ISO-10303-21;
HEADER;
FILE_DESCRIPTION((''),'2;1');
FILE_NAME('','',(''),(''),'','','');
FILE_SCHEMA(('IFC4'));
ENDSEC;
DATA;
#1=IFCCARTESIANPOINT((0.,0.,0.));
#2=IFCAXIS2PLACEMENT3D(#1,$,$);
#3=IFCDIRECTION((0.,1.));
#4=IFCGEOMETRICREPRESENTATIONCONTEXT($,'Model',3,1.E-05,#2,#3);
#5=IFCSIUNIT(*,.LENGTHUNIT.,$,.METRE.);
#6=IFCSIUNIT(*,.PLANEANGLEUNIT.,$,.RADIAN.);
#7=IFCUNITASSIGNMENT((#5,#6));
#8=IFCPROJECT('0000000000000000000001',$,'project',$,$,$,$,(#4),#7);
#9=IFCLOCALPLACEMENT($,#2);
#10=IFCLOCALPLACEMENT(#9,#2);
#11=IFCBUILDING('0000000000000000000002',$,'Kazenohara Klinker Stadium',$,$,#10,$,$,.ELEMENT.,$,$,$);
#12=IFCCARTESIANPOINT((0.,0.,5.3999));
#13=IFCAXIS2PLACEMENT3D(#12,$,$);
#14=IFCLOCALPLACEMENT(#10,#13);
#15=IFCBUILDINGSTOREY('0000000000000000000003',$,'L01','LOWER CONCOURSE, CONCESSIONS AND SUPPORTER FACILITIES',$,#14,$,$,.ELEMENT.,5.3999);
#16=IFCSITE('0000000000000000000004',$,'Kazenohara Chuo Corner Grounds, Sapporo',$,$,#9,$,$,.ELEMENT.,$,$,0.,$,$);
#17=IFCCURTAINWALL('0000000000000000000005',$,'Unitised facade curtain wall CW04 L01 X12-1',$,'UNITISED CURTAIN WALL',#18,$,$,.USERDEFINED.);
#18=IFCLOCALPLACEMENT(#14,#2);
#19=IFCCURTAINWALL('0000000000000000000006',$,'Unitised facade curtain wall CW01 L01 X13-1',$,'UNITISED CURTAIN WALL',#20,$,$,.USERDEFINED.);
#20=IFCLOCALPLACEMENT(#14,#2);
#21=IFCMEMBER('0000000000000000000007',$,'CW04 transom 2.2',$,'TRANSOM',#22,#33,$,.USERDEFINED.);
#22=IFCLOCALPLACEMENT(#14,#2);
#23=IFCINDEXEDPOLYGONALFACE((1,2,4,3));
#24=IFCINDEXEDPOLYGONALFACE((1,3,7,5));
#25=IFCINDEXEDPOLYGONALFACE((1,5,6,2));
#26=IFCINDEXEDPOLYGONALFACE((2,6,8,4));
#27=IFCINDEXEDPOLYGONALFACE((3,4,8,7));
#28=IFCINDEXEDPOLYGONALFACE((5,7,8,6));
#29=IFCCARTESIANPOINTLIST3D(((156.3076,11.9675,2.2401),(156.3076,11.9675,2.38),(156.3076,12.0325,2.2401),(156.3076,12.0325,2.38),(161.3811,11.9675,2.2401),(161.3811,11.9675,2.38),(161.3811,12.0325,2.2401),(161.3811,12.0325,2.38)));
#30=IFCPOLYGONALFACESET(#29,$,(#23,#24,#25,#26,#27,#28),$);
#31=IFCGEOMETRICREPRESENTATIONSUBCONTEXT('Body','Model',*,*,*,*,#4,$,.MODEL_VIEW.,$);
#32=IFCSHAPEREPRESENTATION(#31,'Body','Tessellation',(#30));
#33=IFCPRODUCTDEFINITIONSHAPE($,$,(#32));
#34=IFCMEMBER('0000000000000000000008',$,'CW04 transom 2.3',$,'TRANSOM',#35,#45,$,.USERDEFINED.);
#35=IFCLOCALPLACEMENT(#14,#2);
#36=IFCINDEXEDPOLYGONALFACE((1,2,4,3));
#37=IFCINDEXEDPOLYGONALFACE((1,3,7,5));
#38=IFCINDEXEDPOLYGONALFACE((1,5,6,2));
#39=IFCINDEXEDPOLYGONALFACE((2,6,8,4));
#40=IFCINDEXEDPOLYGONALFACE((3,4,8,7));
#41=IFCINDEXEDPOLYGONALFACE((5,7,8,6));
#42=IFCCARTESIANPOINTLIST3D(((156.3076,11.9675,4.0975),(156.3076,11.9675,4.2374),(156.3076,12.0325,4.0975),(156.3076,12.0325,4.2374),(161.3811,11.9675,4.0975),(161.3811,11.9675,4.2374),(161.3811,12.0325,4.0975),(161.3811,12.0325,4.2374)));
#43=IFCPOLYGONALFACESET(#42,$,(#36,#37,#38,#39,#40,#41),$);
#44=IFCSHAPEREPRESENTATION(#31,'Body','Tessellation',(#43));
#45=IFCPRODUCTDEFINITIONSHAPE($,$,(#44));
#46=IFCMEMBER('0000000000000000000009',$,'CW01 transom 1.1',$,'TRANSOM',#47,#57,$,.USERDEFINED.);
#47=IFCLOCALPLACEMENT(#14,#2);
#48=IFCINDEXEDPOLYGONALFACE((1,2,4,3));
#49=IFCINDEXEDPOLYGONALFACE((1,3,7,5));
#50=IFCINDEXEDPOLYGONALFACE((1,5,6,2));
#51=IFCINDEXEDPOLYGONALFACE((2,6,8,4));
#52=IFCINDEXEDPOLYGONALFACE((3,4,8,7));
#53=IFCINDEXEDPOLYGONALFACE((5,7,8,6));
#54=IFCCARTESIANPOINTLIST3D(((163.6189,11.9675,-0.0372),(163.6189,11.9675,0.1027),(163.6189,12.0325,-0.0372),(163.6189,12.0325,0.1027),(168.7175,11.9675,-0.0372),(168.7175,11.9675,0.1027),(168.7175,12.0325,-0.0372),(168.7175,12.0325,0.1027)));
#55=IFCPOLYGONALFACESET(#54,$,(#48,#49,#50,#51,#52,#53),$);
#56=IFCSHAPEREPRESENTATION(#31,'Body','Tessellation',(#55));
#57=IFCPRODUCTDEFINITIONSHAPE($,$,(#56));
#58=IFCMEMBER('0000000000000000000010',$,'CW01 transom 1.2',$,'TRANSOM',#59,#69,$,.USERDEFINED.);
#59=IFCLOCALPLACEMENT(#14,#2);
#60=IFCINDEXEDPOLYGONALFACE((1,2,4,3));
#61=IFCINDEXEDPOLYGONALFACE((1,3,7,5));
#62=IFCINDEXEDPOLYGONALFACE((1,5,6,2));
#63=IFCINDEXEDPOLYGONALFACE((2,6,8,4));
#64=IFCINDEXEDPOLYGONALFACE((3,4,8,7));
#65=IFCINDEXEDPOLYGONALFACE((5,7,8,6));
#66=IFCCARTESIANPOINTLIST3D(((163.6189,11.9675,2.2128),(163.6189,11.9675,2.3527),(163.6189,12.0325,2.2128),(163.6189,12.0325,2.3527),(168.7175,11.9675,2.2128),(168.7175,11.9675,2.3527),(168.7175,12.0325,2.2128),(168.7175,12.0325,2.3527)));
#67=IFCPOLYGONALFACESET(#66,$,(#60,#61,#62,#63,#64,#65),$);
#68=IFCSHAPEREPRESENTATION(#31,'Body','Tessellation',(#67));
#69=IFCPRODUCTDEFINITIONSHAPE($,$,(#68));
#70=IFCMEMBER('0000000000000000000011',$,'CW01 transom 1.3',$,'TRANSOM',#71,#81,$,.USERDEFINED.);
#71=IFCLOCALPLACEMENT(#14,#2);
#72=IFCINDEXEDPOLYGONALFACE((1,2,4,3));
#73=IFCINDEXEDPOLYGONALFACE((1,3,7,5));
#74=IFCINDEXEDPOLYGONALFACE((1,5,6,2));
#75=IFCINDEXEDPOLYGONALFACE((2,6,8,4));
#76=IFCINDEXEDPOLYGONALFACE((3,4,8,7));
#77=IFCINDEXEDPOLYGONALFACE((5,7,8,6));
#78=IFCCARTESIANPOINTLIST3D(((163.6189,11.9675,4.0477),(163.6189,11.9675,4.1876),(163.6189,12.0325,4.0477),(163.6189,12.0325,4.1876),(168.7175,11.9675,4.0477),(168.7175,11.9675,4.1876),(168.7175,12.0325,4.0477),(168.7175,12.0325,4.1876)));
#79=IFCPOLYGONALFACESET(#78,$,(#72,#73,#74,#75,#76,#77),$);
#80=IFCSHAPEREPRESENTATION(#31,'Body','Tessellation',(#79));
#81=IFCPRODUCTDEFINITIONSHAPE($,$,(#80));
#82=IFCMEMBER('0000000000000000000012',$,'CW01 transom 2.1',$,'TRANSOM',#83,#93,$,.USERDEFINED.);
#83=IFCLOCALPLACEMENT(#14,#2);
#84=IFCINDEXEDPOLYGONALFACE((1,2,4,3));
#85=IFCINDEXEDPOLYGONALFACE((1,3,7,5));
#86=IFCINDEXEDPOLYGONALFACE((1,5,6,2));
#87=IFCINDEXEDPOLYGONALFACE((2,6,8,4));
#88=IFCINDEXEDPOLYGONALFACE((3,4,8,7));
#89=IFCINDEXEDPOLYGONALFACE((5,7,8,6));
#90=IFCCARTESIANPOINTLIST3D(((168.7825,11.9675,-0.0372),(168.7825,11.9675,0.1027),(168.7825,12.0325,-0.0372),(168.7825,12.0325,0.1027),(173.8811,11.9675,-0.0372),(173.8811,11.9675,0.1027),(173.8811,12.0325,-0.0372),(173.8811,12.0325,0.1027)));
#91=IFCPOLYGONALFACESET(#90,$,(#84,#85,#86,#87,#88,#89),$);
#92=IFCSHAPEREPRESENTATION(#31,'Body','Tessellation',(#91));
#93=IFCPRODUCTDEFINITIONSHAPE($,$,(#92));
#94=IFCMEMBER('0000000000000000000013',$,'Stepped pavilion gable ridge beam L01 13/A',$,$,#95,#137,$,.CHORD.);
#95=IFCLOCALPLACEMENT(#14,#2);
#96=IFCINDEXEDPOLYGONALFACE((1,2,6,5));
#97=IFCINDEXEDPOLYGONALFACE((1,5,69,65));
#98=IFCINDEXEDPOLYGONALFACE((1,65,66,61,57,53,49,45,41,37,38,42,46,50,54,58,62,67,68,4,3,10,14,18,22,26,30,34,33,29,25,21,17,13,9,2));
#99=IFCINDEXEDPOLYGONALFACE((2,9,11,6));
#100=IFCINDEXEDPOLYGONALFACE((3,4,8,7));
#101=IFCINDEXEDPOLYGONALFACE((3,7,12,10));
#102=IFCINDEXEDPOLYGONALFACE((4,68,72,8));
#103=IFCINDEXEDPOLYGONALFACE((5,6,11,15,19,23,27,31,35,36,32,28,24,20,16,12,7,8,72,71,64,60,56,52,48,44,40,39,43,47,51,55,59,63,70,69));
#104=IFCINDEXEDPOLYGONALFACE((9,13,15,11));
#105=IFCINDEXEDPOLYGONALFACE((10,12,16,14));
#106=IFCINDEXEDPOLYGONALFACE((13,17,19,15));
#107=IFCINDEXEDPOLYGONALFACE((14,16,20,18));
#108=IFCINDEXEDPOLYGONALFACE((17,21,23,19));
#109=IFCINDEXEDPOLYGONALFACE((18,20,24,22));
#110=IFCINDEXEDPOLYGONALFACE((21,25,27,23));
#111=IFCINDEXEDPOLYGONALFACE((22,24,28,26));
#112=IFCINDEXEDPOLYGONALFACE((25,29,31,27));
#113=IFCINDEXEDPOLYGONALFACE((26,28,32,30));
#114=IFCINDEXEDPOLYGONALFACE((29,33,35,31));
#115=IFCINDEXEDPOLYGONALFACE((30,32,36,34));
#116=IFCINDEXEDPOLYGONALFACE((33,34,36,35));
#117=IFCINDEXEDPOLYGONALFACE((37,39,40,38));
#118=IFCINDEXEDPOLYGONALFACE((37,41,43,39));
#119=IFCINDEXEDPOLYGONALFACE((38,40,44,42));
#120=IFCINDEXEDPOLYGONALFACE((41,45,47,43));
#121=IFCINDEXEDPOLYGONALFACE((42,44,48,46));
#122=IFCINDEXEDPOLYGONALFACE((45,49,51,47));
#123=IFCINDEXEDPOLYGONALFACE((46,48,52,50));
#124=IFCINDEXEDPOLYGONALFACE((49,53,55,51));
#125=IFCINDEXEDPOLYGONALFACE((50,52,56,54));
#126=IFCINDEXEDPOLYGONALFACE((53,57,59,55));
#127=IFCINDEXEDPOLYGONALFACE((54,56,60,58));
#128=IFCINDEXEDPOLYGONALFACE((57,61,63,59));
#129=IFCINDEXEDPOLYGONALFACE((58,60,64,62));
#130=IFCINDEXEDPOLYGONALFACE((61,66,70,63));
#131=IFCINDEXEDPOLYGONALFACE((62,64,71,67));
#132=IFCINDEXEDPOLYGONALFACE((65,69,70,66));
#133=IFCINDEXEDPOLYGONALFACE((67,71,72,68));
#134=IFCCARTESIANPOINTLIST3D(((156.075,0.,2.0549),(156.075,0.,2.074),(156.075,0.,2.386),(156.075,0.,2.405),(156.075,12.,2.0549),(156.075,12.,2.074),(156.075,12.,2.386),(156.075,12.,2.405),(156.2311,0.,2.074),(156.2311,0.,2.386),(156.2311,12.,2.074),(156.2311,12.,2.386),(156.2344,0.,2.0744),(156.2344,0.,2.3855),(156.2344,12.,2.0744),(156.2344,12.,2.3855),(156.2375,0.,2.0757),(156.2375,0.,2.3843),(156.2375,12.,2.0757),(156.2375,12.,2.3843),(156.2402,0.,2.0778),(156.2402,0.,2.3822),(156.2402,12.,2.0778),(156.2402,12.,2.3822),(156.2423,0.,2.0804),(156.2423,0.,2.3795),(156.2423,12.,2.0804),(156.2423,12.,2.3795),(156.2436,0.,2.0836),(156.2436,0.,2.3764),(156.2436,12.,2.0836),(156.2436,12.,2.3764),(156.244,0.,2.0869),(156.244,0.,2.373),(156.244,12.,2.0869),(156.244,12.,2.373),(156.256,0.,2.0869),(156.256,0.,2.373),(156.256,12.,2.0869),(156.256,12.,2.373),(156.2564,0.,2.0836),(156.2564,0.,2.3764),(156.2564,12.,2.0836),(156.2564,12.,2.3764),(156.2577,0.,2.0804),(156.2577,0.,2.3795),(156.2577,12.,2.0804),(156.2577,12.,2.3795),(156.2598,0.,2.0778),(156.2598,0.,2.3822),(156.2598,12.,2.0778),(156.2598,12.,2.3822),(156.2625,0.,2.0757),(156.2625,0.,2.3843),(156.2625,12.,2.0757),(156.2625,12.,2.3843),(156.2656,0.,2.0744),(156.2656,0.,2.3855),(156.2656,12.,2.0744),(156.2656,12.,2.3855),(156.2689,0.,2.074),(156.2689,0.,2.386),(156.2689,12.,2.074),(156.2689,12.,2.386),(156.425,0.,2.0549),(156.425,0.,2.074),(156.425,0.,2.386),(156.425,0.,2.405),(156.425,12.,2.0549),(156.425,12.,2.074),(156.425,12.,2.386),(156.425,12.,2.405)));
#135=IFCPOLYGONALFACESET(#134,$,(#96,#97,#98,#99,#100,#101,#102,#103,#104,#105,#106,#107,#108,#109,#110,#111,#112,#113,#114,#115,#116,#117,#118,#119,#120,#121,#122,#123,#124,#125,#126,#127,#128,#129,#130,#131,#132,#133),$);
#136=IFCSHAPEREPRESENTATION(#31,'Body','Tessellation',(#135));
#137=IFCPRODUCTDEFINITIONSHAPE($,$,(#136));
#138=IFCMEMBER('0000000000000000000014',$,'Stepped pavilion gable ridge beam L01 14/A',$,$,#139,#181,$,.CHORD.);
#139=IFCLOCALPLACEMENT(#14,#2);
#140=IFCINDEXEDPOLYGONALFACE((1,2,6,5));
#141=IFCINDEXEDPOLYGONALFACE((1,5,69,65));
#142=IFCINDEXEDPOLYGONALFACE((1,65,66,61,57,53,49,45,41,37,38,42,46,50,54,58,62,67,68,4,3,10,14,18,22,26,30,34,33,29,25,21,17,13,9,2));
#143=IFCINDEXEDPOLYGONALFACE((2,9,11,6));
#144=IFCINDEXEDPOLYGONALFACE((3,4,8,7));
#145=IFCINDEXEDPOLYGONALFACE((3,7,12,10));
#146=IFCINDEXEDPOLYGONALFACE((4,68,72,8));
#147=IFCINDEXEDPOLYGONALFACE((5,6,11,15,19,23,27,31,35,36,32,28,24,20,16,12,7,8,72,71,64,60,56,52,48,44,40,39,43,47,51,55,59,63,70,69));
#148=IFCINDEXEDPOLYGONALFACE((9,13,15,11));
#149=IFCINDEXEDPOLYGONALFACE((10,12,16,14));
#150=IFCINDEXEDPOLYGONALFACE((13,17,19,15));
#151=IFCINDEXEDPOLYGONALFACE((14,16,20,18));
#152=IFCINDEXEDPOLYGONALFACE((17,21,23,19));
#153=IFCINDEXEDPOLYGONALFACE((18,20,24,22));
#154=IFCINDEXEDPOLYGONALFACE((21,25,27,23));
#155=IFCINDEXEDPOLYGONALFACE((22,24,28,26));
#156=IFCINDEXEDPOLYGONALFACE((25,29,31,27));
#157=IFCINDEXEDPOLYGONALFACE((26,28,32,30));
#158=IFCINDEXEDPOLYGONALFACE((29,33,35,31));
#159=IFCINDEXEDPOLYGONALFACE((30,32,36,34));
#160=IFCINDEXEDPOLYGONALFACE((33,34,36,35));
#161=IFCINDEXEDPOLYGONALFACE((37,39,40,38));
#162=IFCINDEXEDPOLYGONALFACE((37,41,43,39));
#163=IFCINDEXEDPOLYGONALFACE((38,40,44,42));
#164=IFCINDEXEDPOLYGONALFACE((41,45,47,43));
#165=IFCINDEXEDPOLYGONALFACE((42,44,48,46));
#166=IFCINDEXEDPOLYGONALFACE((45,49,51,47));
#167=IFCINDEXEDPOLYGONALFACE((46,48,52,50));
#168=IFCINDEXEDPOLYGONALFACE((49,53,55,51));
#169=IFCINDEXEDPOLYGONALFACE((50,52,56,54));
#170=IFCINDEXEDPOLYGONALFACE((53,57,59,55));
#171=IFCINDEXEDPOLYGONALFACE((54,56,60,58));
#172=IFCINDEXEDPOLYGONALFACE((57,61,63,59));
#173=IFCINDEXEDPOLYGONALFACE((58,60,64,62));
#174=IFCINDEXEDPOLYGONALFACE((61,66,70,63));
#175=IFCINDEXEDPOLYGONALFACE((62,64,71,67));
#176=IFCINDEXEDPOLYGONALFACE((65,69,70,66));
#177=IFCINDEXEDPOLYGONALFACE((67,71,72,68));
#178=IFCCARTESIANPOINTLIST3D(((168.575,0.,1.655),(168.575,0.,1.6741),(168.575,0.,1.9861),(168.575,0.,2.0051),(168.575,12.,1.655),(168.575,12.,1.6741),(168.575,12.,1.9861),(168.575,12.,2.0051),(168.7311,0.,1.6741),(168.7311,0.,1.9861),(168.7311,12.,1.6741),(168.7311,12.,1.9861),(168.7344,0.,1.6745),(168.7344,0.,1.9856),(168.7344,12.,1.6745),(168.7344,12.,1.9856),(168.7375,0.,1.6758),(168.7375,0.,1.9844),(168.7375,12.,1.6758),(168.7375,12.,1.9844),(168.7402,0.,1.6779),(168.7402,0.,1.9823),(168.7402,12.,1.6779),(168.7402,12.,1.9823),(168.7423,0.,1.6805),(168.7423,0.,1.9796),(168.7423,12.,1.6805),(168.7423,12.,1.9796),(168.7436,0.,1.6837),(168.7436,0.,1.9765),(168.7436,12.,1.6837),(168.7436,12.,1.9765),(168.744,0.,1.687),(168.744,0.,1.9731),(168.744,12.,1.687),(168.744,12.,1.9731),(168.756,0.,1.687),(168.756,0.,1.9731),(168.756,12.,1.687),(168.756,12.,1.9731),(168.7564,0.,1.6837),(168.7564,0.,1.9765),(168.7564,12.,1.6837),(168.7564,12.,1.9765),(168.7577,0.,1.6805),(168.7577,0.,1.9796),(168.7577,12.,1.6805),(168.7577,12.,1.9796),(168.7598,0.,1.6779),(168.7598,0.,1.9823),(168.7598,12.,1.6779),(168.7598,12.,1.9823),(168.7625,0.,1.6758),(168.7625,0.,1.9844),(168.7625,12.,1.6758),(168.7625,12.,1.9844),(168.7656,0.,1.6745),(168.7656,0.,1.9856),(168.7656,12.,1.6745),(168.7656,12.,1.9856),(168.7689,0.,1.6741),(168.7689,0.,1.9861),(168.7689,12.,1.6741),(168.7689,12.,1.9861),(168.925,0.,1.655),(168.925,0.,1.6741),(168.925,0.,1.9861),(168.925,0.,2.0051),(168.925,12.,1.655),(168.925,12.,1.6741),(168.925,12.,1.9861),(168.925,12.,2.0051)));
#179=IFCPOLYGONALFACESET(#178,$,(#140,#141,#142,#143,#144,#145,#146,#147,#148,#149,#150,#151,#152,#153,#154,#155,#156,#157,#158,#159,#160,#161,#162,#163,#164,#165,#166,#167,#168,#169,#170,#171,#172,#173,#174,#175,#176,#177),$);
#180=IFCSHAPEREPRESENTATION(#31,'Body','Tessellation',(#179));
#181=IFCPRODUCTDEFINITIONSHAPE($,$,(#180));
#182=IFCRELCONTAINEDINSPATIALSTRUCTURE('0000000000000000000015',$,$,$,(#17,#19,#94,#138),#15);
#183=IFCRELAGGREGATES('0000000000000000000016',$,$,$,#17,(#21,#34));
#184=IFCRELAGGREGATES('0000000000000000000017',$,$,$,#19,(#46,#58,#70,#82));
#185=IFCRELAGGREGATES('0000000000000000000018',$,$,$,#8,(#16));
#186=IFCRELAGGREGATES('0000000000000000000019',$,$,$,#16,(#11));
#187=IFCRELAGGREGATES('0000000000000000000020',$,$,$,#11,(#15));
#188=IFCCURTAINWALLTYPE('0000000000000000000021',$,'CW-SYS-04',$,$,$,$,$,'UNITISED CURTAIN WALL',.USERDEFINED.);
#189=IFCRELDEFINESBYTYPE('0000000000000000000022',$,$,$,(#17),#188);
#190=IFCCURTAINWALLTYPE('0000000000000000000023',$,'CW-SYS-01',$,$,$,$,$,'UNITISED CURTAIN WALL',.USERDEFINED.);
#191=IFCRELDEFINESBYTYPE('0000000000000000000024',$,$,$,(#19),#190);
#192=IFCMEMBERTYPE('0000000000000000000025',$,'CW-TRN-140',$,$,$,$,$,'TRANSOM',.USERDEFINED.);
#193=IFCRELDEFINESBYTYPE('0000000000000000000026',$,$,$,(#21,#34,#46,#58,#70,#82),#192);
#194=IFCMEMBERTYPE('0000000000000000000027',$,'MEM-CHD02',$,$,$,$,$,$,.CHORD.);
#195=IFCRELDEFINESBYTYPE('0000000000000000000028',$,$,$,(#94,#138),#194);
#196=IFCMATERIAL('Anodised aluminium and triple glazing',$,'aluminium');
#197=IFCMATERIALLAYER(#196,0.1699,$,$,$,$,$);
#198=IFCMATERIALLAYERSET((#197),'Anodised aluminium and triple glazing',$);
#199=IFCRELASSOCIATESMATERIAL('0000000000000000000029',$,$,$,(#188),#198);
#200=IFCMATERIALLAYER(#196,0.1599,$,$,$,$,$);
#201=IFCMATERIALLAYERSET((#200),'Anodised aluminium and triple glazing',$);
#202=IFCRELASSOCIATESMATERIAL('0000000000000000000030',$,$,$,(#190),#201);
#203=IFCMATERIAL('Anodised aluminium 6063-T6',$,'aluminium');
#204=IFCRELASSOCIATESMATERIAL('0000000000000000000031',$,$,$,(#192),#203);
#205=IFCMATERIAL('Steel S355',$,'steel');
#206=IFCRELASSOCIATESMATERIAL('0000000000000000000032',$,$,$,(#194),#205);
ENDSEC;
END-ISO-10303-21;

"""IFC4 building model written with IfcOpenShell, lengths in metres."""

from ifc_helpers import new_model, si_unit, direction, frame, origin, origin_2d, place, context, subcontext, project, spatial, rectangle, i_section, extrude, material, layer, layer_set, material_profile, profile_set, type_object, element, aggregate, save


model = new_model("IFC4")

# Units and contexts
model_context = context("Model", 3, precision=1e-05, world=origin(), true_north=direction((0.0, 1.0)))
body_context = subcontext(model_context, "Body", "Model", "MODEL_VIEW")
ifc_project = project(units=[si_unit("LENGTHUNIT", "METRE"), si_unit("PLANEANGLEUNIT", "RADIAN")], contexts=[model_context])

# Site, building, storey
site_placement = place(None, origin())
site = spatial("IfcSite", under=ifc_project, at=site_placement, Name="Kazenohara Chuo Corner Grounds, Sapporo", CompositionType="ELEMENT", RefElevation=0.0)
building_placement = place(site_placement, origin())
building = spatial("IfcBuilding", under=site, at=building_placement, Name="Kazenohara Klinker Stadium", CompositionType="ELEMENT")
storey_placement = place(building_placement, frame((0.0, 0.0, 5.3999)))
storey = spatial("IfcBuildingStorey", under=building, at=storey_placement, Name="L01", Description="LOWER CONCOURSE, CONCESSIONS AND SUPPORTER FACILITIES", CompositionType="ELEMENT", Elevation=5.3999)

# Shared definitions
ifc_material_1 = material(Name="Steel S355", Category="steel")

# Curtain walls
ifc_material_2 = material(Name="Anodised aluminium and triple glazing", Category="aluminium")
ifc_layer_1 = layer(ifc_material_2, 0.1699)
ifc_layer_set_1 = layer_set([ifc_layer_1], Name="Anodised aluminium and triple glazing")
curtain_wall_type_1 = type_object("IfcCurtainWallType", Name="CW-SYS-04", ElementType="UNITISED CURTAIN WALL", PredefinedType="USERDEFINED", material=ifc_layer_set_1)
curtain_wall_1_placement = place(storey_placement, origin())
curtain_wall_1 = element("IfcCurtainWall", 1, at=curtain_wall_1_placement, inside=storey, type_object=curtain_wall_type_1, Name="Unitised facade curtain wall CW04 L01 X12-1", ObjectType="UNITISED CURTAIN WALL", PredefinedType="USERDEFINED")
ifc_material_3 = material(Name="Anodised aluminium 6063-T6", Category="aluminium")
ifc_layer_2 = layer(ifc_material_2, 0.1599)
ifc_layer_set_2 = layer_set([ifc_layer_2], Name="Anodised aluminium and triple glazing")
curtain_wall_type_2 = type_object("IfcCurtainWallType", Name="CW-SYS-01", ElementType="UNITISED CURTAIN WALL", PredefinedType="USERDEFINED", material=ifc_layer_set_2)
curtain_wall_2_placement = place(storey_placement, origin())
curtain_wall_2 = element("IfcCurtainWall", 2, at=curtain_wall_2_placement, inside=storey, type_object=curtain_wall_type_2, Name="Unitised facade curtain wall CW01 L01 X13-1", ObjectType="UNITISED CURTAIN WALL", PredefinedType="USERDEFINED")

# Members
ifc_material_profile_1 = material_profile(ifc_material_3, rectangle(XDim=0.0649, YDim=0.1399, at=origin_2d()), Name="ALU-TRN-65x140")
ifc_profile_set_1 = profile_set([ifc_material_profile_1], Name="Anodised aluminium 6063-T6")
member_type_1 = type_object("IfcMemberType", Name="CW-TRN-140", ElementType="TRANSOM", PredefinedType="USERDEFINED", material=ifc_profile_set_1)
member_1_placement = place(storey_placement, frame((156.3076, 12.0, 2.3101), z_axis=(1.0, 0.0, 0.0), x_axis=(0.0, 1.0, 0.0)))
member_1 = element("IfcMember", 3, at=member_1_placement, type_object=member_type_1, Name="CW04 transom 2.2", ObjectType="TRANSOM", PredefinedType="USERDEFINED", context=body_context, shape_type="SweptSolid", body=[
    extrude(rectangle(XDim=0.0649, YDim=0.1399, at=origin_2d()), origin(), (0.0, 0.0, 1.0), 5.0735),
])
member_2_placement = place(storey_placement, frame((156.3076, 12.0, 4.1675), z_axis=(1.0, 0.0, 0.0), x_axis=(0.0, 1.0, 0.0)))
member_2 = element("IfcMember", 4, at=member_2_placement, type_object=member_type_1, Name="CW04 transom 2.3", ObjectType="TRANSOM", PredefinedType="USERDEFINED", context=body_context, shape_type="SweptSolid", body=[
    extrude(rectangle(XDim=0.0649, YDim=0.1399, at=origin_2d()), origin(), (0.0, 0.0, 1.0), 5.0735),
])
member_3_placement = place(storey_placement, frame((163.6189, 12.0, 0.0327), z_axis=(1.0, 0.0, 0.0), x_axis=(0.0, 1.0, 0.0)))
member_3 = element("IfcMember", 5, at=member_3_placement, type_object=member_type_1, Name="CW01 transom 1.1", ObjectType="TRANSOM", PredefinedType="USERDEFINED", context=body_context, shape_type="SweptSolid", body=[
    extrude(rectangle(XDim=0.0649, YDim=0.1399, at=origin_2d()), origin(), (0.0, 0.0, 1.0), 5.0986),
])
member_4_placement = place(storey_placement, frame((163.6189, 12.0, 2.2827), z_axis=(1.0, 0.0, 0.0), x_axis=(0.0, 1.0, 0.0)))
member_4 = element("IfcMember", 6, at=member_4_placement, type_object=member_type_1, Name="CW01 transom 1.2", ObjectType="TRANSOM", PredefinedType="USERDEFINED", context=body_context, shape_type="SweptSolid", body=[
    extrude(rectangle(XDim=0.0649, YDim=0.1399, at=origin_2d()), origin(), (0.0, 0.0, 1.0), 5.0986),
])
member_5_placement = place(storey_placement, frame((163.6189, 12.0, 4.1177), z_axis=(1.0, 0.0, 0.0), x_axis=(0.0, 1.0, 0.0)))
member_5 = element("IfcMember", 7, at=member_5_placement, type_object=member_type_1, Name="CW01 transom 1.3", ObjectType="TRANSOM", PredefinedType="USERDEFINED", context=body_context, shape_type="SweptSolid", body=[
    extrude(rectangle(XDim=0.0649, YDim=0.1399, at=origin_2d()), origin(), (0.0, 0.0, 1.0), 5.0986),
])
member_6_placement = place(storey_placement, frame((168.7825, 12.0, 0.0327), z_axis=(1.0, 0.0, 0.0), x_axis=(0.0, 1.0, 0.0)))
member_6 = element("IfcMember", 8, at=member_6_placement, type_object=member_type_1, Name="CW01 transom 2.1", ObjectType="TRANSOM", PredefinedType="USERDEFINED", context=body_context, shape_type="SweptSolid", body=[
    extrude(rectangle(XDim=0.0649, YDim=0.1399, at=origin_2d()), origin(), (0.0, 0.0, 1.0), 5.0986),
])

# Members
ifc_material_profile_2 = material_profile(ifc_material_1, i_section(OverallWidth=0.3501, OverallDepth=0.3501, WebThickness=0.012, FlangeThickness=0.019, FilletRadius=0.0129, at=origin_2d()), Name="H-350x350x12x19")
ifc_profile_set_2 = profile_set([ifc_material_profile_2], Name="Steel S355")
member_type_2 = type_object("IfcMemberType", Name="MEM-CHD02", PredefinedType="CHORD", material=ifc_profile_set_2)
for number, where, z_axis, x_axis, name in (
    (9, (156.25, 0.0, 2.23), (0.0, 1.0, 0.0), (-1.0, 0.0, 0.0), "Stepped pavilion gable ridge beam L01 13/A"),
    (10, (168.75, 0.0, 1.8301), (0.0, 1.0, 0.0), (-1.0, 0.0, 0.0), "Stepped pavilion gable ridge beam L01 14/A"),
):
    element("IfcMember", number, at=place(storey_placement, frame(where, z_axis=z_axis, x_axis=x_axis)), inside=storey, type_object=member_type_2, Name=name, PredefinedType="CHORD", context=body_context, shape_type="SweptSolid", body=[
        extrude(i_section(OverallWidth=0.3501, OverallDepth=0.3501, WebThickness=0.012, FlangeThickness=0.019, FilletRadius=0.0129, at=origin_2d()), origin(), (0.0, 0.0, 1.0), 12.0),
    ])

aggregate(curtain_wall_1, [member_1, member_2])
aggregate(curtain_wall_2, [member_3, member_4, member_5, member_6])

save(model, "model.ifc")
